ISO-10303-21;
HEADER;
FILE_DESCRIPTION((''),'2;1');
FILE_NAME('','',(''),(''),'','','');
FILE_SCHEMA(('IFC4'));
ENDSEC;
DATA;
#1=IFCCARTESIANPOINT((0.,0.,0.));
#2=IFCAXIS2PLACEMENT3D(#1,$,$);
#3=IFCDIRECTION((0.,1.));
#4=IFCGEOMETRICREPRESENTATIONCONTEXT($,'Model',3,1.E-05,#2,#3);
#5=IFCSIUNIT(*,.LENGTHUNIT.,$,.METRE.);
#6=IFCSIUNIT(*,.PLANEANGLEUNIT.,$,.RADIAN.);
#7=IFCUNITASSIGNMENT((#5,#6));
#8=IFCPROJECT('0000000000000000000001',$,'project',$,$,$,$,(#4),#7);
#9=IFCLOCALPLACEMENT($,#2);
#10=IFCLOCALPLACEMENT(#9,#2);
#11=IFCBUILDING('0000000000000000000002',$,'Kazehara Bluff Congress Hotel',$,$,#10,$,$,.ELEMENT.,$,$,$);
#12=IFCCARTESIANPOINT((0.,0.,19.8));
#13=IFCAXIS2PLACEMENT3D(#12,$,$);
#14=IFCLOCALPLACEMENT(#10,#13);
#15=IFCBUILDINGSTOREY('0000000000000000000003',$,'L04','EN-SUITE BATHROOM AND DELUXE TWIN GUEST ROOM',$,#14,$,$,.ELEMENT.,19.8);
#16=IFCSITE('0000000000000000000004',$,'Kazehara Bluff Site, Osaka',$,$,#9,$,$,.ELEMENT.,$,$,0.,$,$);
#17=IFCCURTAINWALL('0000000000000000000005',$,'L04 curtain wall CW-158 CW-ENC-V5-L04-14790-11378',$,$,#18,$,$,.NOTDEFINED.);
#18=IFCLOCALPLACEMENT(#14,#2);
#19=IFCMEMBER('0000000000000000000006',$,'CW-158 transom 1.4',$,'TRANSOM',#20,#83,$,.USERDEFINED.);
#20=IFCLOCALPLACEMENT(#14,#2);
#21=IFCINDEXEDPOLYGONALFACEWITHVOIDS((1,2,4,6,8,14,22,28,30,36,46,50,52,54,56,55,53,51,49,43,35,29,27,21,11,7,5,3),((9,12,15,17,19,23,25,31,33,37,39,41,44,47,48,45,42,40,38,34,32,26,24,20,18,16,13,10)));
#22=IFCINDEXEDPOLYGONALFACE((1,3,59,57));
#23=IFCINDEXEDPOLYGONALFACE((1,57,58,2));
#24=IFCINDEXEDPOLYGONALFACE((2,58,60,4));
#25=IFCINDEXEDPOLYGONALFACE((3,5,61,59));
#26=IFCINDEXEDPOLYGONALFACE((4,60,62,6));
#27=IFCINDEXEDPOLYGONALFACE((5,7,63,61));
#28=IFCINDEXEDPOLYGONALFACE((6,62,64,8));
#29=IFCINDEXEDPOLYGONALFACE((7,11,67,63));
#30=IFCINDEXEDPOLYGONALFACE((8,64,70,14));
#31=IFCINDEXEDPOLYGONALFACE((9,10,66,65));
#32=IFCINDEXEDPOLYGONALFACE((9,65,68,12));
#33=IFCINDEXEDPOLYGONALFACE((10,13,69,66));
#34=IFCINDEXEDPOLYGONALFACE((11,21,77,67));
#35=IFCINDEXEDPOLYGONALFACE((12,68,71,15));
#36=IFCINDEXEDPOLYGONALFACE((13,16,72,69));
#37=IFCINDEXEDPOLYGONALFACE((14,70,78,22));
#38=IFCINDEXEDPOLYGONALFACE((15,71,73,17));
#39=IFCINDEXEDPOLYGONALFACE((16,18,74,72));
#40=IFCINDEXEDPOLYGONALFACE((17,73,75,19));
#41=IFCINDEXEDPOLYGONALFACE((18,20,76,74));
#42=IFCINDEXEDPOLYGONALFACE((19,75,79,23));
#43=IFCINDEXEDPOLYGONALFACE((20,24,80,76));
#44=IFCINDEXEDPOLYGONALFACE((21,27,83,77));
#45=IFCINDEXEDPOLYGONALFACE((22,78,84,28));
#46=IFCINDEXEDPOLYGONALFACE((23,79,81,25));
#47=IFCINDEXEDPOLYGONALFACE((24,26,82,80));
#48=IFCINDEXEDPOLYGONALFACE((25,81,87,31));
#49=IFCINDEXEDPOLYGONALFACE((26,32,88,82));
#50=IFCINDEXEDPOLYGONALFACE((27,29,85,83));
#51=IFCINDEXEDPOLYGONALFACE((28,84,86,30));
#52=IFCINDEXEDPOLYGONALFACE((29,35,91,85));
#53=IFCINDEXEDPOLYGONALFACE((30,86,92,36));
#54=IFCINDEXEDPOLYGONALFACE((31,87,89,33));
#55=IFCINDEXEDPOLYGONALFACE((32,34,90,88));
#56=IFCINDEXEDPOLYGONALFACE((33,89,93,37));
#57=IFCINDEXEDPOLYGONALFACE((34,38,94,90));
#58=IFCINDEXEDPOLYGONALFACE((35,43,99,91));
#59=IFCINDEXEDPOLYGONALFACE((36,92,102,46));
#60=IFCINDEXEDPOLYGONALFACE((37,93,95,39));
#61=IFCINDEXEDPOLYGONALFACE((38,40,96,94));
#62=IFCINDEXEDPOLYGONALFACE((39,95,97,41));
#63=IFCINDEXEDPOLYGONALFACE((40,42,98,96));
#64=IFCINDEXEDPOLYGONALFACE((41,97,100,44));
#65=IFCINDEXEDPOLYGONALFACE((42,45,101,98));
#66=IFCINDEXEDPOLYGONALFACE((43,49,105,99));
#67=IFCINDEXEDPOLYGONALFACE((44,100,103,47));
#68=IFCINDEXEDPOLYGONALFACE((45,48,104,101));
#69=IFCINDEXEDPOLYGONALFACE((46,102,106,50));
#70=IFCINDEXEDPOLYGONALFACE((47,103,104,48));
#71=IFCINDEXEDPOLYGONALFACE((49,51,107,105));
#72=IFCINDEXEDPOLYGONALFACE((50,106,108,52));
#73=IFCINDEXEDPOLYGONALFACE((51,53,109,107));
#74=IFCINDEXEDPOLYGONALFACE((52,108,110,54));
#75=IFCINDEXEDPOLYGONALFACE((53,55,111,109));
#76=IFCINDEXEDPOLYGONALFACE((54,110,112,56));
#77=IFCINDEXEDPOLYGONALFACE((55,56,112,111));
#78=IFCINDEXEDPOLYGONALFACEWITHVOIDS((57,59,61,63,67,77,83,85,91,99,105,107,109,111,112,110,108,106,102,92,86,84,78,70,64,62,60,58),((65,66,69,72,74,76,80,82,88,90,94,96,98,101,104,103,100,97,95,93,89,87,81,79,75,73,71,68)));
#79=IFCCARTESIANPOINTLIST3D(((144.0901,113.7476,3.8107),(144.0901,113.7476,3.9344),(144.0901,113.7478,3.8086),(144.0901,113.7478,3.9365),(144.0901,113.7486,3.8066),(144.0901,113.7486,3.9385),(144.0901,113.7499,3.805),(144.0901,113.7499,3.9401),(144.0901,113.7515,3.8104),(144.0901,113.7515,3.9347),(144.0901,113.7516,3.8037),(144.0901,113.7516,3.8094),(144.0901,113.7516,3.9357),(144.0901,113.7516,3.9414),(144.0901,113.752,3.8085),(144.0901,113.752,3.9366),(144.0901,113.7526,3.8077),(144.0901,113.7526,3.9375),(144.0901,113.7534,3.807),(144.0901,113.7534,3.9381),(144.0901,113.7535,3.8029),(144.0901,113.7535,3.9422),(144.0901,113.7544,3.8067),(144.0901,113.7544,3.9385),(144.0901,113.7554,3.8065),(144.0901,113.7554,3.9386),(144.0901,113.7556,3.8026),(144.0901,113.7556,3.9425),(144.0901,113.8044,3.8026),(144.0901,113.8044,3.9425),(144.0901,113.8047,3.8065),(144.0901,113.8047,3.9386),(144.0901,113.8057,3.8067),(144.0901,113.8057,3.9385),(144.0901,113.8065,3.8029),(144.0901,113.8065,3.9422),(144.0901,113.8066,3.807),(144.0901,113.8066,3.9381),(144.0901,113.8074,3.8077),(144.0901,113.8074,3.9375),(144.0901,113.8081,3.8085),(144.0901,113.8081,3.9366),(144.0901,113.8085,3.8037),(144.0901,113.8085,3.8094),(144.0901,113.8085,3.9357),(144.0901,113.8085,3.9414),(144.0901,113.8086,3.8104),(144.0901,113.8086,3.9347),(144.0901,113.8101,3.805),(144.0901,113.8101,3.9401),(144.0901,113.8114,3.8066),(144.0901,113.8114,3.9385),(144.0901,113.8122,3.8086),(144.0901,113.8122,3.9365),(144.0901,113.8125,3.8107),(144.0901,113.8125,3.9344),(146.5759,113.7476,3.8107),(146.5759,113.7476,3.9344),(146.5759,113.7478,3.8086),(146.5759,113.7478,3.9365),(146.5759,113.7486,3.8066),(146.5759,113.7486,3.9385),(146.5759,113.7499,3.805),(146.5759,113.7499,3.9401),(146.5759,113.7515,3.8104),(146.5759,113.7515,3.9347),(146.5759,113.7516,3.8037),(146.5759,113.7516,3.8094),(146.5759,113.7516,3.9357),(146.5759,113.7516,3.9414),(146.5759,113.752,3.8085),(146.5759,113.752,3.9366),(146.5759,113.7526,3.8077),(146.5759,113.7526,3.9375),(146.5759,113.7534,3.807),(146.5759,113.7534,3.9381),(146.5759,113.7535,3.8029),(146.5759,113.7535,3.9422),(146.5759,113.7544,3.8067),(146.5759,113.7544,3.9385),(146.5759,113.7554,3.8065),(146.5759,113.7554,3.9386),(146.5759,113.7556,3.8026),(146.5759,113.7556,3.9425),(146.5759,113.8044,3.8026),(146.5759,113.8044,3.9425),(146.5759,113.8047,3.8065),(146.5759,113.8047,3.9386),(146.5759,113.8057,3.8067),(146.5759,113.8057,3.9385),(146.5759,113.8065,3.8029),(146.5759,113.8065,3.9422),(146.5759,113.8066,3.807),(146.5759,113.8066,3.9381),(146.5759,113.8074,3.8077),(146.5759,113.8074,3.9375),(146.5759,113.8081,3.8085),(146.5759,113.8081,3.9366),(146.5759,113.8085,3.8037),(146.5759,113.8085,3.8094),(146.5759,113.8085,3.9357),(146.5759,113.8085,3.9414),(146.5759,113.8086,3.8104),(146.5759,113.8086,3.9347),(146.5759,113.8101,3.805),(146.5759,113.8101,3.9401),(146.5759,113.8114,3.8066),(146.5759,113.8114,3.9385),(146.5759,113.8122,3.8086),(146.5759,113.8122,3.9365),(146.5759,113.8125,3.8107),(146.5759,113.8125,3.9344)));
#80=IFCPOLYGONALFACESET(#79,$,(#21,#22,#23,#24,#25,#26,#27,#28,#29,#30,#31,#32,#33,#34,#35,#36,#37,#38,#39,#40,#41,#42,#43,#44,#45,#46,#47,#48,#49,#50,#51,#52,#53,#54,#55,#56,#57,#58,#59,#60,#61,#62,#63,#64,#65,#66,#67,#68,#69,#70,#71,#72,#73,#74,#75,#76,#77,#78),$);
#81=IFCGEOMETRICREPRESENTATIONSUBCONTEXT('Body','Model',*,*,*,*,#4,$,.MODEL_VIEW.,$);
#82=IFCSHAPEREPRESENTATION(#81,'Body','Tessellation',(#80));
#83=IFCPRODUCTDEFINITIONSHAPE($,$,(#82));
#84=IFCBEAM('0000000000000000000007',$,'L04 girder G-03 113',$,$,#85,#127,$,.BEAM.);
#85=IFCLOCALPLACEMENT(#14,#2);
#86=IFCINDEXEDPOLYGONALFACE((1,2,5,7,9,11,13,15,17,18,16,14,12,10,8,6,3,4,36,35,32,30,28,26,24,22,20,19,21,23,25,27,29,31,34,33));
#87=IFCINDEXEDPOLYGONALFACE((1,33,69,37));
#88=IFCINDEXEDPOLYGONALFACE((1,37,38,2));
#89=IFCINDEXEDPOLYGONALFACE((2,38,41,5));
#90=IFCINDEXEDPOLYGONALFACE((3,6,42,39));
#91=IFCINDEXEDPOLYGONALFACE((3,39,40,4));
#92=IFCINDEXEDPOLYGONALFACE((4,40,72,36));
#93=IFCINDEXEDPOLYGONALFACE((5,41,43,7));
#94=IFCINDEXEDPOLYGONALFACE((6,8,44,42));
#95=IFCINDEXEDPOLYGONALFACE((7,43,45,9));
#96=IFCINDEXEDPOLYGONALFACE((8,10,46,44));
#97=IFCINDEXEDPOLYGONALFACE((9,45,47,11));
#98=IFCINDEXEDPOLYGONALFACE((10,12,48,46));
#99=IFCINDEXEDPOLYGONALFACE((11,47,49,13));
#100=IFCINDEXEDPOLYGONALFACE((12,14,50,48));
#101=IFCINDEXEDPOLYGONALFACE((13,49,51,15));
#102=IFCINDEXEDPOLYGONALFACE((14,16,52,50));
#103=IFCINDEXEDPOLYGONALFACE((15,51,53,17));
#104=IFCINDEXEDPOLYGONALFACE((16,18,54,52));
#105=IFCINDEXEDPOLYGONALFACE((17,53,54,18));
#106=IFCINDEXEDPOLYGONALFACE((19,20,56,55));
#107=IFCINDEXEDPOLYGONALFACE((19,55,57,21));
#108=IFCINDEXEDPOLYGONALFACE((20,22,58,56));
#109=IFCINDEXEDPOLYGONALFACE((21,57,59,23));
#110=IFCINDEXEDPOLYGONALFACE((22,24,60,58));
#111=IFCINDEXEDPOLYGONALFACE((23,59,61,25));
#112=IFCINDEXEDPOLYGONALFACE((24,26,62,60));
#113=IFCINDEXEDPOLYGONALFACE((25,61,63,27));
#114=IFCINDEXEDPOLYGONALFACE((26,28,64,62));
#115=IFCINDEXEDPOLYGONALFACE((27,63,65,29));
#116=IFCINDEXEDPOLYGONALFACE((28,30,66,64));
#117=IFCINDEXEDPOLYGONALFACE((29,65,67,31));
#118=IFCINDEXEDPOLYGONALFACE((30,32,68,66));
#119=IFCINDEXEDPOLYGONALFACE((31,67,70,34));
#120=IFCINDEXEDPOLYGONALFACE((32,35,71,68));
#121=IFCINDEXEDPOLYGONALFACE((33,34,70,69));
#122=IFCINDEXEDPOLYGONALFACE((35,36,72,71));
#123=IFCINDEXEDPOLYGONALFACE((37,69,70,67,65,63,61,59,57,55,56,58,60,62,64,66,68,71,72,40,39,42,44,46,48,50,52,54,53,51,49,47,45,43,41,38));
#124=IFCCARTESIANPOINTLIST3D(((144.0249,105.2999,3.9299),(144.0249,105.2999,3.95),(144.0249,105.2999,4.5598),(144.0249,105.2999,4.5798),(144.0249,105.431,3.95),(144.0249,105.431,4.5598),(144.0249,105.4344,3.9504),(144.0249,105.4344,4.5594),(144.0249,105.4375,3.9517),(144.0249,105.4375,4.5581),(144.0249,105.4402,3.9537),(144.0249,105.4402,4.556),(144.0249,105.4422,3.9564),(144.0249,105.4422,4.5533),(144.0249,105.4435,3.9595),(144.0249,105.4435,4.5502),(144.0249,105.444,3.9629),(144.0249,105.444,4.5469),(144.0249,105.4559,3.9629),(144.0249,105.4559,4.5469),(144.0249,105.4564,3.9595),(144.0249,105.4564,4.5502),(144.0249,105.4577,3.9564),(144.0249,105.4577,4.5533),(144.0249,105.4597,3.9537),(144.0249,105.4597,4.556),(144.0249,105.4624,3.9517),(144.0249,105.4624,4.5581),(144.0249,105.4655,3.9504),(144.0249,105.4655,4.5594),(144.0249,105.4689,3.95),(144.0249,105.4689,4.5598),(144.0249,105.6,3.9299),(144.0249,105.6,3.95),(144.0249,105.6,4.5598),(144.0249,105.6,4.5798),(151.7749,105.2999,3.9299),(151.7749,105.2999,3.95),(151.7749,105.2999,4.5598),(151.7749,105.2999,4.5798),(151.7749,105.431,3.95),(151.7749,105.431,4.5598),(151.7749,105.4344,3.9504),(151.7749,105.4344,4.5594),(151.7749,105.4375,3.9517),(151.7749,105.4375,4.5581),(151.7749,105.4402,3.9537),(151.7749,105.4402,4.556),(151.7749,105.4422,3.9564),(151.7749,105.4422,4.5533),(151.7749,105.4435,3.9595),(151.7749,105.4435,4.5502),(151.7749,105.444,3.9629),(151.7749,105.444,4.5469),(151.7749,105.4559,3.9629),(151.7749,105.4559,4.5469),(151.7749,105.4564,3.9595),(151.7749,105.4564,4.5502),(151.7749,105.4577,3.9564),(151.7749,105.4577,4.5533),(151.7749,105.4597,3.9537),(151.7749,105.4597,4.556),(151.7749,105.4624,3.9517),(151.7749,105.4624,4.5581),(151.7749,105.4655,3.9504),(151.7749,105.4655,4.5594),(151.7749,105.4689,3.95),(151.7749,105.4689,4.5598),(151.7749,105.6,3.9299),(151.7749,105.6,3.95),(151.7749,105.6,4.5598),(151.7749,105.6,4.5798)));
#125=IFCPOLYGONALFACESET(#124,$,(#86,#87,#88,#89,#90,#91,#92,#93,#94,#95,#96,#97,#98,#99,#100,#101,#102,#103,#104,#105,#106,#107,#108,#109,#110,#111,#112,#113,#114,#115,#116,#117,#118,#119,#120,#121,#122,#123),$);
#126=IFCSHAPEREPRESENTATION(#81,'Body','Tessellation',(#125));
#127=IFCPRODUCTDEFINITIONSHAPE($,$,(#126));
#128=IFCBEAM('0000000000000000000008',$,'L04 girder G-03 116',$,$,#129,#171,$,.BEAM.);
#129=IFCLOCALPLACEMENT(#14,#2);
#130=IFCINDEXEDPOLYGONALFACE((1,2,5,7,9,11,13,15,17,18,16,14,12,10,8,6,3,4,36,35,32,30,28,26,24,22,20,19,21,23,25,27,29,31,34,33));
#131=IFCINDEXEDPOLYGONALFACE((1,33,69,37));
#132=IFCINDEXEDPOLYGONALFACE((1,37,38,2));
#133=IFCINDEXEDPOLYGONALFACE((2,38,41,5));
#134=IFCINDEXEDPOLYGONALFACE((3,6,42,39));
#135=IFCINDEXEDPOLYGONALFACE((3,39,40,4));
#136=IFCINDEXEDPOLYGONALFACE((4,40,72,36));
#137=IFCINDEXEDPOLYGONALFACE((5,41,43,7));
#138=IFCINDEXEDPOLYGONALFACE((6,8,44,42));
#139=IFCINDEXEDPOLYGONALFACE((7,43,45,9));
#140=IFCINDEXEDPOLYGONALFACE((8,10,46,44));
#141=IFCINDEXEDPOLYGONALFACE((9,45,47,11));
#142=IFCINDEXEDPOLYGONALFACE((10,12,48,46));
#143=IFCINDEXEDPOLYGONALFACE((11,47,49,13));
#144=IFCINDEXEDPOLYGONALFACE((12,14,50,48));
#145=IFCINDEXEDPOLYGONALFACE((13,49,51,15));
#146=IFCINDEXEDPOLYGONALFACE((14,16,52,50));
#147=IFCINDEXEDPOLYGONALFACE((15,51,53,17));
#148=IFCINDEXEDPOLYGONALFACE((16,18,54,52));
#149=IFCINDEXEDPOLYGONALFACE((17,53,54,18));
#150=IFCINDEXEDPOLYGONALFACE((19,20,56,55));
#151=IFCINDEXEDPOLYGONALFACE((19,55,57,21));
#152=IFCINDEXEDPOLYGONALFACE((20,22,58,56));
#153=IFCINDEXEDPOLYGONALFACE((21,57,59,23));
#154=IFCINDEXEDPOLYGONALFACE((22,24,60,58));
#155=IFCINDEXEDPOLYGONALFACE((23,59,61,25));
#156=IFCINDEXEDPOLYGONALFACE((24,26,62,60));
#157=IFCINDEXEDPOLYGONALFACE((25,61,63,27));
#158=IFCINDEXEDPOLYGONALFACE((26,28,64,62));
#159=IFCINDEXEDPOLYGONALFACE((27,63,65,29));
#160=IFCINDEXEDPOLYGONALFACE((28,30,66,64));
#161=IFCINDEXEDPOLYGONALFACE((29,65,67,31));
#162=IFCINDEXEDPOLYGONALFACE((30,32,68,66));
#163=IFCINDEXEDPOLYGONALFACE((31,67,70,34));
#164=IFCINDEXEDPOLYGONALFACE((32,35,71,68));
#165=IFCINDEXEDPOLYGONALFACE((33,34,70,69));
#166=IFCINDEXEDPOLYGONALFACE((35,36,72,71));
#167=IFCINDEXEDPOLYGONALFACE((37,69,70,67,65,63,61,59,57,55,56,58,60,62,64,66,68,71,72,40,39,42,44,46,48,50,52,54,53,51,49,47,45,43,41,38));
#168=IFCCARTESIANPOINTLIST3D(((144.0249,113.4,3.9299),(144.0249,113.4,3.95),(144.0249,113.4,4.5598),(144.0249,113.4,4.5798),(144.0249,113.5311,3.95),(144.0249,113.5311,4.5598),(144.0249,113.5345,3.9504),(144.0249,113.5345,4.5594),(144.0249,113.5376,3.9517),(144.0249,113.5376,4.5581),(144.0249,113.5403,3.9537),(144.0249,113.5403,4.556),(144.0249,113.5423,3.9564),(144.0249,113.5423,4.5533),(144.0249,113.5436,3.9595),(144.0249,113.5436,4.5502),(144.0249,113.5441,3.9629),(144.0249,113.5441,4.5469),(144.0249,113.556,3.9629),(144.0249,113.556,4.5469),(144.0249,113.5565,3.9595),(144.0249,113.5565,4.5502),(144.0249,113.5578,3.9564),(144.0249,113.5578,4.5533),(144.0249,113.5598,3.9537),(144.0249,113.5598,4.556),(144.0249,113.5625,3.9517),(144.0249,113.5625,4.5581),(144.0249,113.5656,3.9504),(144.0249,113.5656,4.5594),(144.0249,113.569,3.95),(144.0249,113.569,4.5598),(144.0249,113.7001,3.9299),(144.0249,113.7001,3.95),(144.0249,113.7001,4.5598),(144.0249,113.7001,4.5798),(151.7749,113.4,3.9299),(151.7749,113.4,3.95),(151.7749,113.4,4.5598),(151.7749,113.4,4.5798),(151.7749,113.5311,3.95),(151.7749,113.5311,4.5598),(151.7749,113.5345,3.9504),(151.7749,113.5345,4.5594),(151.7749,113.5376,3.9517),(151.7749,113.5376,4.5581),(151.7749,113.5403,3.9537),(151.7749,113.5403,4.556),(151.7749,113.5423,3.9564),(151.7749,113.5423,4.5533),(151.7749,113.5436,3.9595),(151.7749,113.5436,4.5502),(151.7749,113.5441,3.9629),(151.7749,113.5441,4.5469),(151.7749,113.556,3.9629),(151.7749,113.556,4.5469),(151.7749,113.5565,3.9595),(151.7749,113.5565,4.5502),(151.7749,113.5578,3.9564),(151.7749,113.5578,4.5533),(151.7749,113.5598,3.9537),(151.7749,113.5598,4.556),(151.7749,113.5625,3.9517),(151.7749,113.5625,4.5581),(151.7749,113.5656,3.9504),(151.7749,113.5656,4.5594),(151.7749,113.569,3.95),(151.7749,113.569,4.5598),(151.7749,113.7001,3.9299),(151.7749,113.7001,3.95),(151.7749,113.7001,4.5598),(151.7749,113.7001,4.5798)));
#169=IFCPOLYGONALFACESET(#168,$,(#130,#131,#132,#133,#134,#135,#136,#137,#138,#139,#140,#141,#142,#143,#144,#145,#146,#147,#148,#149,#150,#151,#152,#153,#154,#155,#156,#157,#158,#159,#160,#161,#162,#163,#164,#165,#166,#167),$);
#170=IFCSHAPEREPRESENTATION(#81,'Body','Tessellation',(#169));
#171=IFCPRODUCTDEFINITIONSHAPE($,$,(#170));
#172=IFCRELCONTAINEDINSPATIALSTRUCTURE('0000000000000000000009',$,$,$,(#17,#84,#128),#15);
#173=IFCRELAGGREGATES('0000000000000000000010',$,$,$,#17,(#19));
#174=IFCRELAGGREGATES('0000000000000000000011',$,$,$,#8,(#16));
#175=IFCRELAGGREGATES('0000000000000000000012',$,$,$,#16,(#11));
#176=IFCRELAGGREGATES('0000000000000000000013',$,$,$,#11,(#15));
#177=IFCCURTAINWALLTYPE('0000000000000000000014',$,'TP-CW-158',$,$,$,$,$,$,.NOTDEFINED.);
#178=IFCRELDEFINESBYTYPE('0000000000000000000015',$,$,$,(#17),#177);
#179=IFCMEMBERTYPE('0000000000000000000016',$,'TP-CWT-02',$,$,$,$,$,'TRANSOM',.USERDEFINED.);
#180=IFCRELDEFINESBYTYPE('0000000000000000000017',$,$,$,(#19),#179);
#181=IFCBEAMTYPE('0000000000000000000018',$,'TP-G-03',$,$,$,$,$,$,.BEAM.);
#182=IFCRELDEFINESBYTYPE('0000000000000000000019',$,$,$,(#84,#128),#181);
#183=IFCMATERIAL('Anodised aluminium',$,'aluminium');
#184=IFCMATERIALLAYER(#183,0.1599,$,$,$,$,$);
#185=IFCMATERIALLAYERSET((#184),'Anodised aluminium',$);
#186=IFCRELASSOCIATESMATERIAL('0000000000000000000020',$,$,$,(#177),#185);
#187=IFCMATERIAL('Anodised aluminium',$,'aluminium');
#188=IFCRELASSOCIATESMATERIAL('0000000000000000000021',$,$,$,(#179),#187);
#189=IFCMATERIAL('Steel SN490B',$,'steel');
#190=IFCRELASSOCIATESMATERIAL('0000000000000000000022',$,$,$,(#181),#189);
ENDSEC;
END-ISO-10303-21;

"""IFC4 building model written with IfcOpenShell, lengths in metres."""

from ifc_helpers import new_model, si_unit, direction, frame, origin, origin_2d, place, context, subcontext, project, spatial, hollow_rectangle, i_section, extrude, material, layer, layer_set, material_profile, profile_set, type_object, element, aggregate, save


model = new_model("IFC4")

# Units and contexts
model_context = context("Model", 3, precision=1e-05, world=origin(), true_north=direction((0.0, 1.0)))
body_context = subcontext(model_context, "Body", "Model", "MODEL_VIEW")
ifc_project = project(units=[si_unit("LENGTHUNIT", "METRE"), si_unit("PLANEANGLEUNIT", "RADIAN")], contexts=[model_context])

# Site, building, storey
site_placement = place(None, origin())
site = spatial("IfcSite", under=ifc_project, at=site_placement, Name="Kazehara Bluff Site, Osaka", CompositionType="ELEMENT", RefElevation=0.0)
building_placement = place(site_placement, origin())
building = spatial("IfcBuilding", under=site, at=building_placement, Name="Kazehara Bluff Congress Hotel", CompositionType="ELEMENT")
storey_placement = place(building_placement, frame((0.0, 0.0, 19.8)))
storey = spatial("IfcBuildingStorey", under=building, at=storey_placement, Name="L04", Description="EN-SUITE BATHROOM AND DELUXE TWIN GUEST ROOM", CompositionType="ELEMENT", Elevation=19.8)

# Curtain wall, member
ifc_material_1 = material(Name="Anodised aluminium", Category="aluminium")
ifc_layer_1 = layer(ifc_material_1, 0.1599)
ifc_layer_set_1 = layer_set([ifc_layer_1], Name="Anodised aluminium")
curtain_wall_type = type_object("IfcCurtainWallType", Name="TP-CW-158", PredefinedType="NOTDEFINED", material=ifc_layer_set_1)
curtain_wall_placement = place(storey_placement, origin())
curtain_wall = element("IfcCurtainWall", 1, at=curtain_wall_placement, inside=storey, type_object=curtain_wall_type, Name="L04 curtain wall CW-158 CW-ENC-V5-L04-14790-11378", PredefinedType="NOTDEFINED")
ifc_material_2 = material(Name="Anodised aluminium", Category="aluminium")
ifc_material_profile_1 = material_profile(ifc_material_2, hollow_rectangle(XDim=0.0649, YDim=0.1399, WallThickness=0.0039, InnerFilletRadius=0.0039, OuterFilletRadius=0.0081, at=origin_2d()))
ifc_profile_set_1 = profile_set([ifc_material_profile_1], Name="Anodised aluminium")
member_type_1 = type_object("IfcMemberType", Name="TP-CWT-02", ElementType="TRANSOM", PredefinedType="USERDEFINED", material=ifc_profile_set_1)
member_1_placement = place(storey_placement, frame((144.0901, 113.78, 3.8726), z_axis=(1.0, 0.0, 0.0), x_axis=(0.0, 1.0, 0.0)))
member_1 = element("IfcMember", 2, at=member_1_placement, type_object=member_type_1, Name="CW-158 transom 1.4", ObjectType="TRANSOM", PredefinedType="USERDEFINED", context=body_context, shape_type="SweptSolid", body=[
    extrude(hollow_rectangle(XDim=0.0649, YDim=0.1399, WallThickness=0.0039, InnerFilletRadius=0.0039, OuterFilletRadius=0.0081, at=origin_2d()), origin(), (0.0, 0.0, 1.0), 2.4858),
])
aggregate(curtain_wall, [member_1])

# Beams
ifc_material_3 = material(Name="Steel SN490B", Category="steel")
ifc_material_profile_2 = material_profile(ifc_material_3, i_section(OverallWidth=0.3, OverallDepth=0.6499, WebThickness=0.012, FlangeThickness=0.02, FilletRadius=0.0129, at=origin_2d()))
ifc_profile_set_2 = profile_set([ifc_material_profile_2], Name="Steel SN490B")
beam_type_1 = type_object("IfcBeamType", Name="TP-G-03", PredefinedType="BEAM", material=ifc_profile_set_2)
for number, where, z_axis, x_axis, name in (
    (3, (144.0249, 105.45, 4.2549), (1.0, 0.0, 0.0), (0.0, 1.0, 0.0), "L04 girder G-03 113"),
    (4, (144.0249, 113.55, 4.2549), (1.0, 0.0, 0.0), (0.0, 1.0, 0.0), "L04 girder G-03 116"),
):
    element("IfcBeam", number, at=place(storey_placement, frame(where, z_axis=z_axis, x_axis=x_axis)), inside=storey, type_object=beam_type_1, Name=name, PredefinedType="BEAM", context=body_context, shape_type="SweptSolid", body=[
        extrude(i_section(OverallWidth=0.3, OverallDepth=0.6499, WebThickness=0.012, FlangeThickness=0.02, FilletRadius=0.0129, at=origin_2d()), origin(), (0.0, 0.0, 1.0), 7.75),
    ])

save(model, "model.ifc")
